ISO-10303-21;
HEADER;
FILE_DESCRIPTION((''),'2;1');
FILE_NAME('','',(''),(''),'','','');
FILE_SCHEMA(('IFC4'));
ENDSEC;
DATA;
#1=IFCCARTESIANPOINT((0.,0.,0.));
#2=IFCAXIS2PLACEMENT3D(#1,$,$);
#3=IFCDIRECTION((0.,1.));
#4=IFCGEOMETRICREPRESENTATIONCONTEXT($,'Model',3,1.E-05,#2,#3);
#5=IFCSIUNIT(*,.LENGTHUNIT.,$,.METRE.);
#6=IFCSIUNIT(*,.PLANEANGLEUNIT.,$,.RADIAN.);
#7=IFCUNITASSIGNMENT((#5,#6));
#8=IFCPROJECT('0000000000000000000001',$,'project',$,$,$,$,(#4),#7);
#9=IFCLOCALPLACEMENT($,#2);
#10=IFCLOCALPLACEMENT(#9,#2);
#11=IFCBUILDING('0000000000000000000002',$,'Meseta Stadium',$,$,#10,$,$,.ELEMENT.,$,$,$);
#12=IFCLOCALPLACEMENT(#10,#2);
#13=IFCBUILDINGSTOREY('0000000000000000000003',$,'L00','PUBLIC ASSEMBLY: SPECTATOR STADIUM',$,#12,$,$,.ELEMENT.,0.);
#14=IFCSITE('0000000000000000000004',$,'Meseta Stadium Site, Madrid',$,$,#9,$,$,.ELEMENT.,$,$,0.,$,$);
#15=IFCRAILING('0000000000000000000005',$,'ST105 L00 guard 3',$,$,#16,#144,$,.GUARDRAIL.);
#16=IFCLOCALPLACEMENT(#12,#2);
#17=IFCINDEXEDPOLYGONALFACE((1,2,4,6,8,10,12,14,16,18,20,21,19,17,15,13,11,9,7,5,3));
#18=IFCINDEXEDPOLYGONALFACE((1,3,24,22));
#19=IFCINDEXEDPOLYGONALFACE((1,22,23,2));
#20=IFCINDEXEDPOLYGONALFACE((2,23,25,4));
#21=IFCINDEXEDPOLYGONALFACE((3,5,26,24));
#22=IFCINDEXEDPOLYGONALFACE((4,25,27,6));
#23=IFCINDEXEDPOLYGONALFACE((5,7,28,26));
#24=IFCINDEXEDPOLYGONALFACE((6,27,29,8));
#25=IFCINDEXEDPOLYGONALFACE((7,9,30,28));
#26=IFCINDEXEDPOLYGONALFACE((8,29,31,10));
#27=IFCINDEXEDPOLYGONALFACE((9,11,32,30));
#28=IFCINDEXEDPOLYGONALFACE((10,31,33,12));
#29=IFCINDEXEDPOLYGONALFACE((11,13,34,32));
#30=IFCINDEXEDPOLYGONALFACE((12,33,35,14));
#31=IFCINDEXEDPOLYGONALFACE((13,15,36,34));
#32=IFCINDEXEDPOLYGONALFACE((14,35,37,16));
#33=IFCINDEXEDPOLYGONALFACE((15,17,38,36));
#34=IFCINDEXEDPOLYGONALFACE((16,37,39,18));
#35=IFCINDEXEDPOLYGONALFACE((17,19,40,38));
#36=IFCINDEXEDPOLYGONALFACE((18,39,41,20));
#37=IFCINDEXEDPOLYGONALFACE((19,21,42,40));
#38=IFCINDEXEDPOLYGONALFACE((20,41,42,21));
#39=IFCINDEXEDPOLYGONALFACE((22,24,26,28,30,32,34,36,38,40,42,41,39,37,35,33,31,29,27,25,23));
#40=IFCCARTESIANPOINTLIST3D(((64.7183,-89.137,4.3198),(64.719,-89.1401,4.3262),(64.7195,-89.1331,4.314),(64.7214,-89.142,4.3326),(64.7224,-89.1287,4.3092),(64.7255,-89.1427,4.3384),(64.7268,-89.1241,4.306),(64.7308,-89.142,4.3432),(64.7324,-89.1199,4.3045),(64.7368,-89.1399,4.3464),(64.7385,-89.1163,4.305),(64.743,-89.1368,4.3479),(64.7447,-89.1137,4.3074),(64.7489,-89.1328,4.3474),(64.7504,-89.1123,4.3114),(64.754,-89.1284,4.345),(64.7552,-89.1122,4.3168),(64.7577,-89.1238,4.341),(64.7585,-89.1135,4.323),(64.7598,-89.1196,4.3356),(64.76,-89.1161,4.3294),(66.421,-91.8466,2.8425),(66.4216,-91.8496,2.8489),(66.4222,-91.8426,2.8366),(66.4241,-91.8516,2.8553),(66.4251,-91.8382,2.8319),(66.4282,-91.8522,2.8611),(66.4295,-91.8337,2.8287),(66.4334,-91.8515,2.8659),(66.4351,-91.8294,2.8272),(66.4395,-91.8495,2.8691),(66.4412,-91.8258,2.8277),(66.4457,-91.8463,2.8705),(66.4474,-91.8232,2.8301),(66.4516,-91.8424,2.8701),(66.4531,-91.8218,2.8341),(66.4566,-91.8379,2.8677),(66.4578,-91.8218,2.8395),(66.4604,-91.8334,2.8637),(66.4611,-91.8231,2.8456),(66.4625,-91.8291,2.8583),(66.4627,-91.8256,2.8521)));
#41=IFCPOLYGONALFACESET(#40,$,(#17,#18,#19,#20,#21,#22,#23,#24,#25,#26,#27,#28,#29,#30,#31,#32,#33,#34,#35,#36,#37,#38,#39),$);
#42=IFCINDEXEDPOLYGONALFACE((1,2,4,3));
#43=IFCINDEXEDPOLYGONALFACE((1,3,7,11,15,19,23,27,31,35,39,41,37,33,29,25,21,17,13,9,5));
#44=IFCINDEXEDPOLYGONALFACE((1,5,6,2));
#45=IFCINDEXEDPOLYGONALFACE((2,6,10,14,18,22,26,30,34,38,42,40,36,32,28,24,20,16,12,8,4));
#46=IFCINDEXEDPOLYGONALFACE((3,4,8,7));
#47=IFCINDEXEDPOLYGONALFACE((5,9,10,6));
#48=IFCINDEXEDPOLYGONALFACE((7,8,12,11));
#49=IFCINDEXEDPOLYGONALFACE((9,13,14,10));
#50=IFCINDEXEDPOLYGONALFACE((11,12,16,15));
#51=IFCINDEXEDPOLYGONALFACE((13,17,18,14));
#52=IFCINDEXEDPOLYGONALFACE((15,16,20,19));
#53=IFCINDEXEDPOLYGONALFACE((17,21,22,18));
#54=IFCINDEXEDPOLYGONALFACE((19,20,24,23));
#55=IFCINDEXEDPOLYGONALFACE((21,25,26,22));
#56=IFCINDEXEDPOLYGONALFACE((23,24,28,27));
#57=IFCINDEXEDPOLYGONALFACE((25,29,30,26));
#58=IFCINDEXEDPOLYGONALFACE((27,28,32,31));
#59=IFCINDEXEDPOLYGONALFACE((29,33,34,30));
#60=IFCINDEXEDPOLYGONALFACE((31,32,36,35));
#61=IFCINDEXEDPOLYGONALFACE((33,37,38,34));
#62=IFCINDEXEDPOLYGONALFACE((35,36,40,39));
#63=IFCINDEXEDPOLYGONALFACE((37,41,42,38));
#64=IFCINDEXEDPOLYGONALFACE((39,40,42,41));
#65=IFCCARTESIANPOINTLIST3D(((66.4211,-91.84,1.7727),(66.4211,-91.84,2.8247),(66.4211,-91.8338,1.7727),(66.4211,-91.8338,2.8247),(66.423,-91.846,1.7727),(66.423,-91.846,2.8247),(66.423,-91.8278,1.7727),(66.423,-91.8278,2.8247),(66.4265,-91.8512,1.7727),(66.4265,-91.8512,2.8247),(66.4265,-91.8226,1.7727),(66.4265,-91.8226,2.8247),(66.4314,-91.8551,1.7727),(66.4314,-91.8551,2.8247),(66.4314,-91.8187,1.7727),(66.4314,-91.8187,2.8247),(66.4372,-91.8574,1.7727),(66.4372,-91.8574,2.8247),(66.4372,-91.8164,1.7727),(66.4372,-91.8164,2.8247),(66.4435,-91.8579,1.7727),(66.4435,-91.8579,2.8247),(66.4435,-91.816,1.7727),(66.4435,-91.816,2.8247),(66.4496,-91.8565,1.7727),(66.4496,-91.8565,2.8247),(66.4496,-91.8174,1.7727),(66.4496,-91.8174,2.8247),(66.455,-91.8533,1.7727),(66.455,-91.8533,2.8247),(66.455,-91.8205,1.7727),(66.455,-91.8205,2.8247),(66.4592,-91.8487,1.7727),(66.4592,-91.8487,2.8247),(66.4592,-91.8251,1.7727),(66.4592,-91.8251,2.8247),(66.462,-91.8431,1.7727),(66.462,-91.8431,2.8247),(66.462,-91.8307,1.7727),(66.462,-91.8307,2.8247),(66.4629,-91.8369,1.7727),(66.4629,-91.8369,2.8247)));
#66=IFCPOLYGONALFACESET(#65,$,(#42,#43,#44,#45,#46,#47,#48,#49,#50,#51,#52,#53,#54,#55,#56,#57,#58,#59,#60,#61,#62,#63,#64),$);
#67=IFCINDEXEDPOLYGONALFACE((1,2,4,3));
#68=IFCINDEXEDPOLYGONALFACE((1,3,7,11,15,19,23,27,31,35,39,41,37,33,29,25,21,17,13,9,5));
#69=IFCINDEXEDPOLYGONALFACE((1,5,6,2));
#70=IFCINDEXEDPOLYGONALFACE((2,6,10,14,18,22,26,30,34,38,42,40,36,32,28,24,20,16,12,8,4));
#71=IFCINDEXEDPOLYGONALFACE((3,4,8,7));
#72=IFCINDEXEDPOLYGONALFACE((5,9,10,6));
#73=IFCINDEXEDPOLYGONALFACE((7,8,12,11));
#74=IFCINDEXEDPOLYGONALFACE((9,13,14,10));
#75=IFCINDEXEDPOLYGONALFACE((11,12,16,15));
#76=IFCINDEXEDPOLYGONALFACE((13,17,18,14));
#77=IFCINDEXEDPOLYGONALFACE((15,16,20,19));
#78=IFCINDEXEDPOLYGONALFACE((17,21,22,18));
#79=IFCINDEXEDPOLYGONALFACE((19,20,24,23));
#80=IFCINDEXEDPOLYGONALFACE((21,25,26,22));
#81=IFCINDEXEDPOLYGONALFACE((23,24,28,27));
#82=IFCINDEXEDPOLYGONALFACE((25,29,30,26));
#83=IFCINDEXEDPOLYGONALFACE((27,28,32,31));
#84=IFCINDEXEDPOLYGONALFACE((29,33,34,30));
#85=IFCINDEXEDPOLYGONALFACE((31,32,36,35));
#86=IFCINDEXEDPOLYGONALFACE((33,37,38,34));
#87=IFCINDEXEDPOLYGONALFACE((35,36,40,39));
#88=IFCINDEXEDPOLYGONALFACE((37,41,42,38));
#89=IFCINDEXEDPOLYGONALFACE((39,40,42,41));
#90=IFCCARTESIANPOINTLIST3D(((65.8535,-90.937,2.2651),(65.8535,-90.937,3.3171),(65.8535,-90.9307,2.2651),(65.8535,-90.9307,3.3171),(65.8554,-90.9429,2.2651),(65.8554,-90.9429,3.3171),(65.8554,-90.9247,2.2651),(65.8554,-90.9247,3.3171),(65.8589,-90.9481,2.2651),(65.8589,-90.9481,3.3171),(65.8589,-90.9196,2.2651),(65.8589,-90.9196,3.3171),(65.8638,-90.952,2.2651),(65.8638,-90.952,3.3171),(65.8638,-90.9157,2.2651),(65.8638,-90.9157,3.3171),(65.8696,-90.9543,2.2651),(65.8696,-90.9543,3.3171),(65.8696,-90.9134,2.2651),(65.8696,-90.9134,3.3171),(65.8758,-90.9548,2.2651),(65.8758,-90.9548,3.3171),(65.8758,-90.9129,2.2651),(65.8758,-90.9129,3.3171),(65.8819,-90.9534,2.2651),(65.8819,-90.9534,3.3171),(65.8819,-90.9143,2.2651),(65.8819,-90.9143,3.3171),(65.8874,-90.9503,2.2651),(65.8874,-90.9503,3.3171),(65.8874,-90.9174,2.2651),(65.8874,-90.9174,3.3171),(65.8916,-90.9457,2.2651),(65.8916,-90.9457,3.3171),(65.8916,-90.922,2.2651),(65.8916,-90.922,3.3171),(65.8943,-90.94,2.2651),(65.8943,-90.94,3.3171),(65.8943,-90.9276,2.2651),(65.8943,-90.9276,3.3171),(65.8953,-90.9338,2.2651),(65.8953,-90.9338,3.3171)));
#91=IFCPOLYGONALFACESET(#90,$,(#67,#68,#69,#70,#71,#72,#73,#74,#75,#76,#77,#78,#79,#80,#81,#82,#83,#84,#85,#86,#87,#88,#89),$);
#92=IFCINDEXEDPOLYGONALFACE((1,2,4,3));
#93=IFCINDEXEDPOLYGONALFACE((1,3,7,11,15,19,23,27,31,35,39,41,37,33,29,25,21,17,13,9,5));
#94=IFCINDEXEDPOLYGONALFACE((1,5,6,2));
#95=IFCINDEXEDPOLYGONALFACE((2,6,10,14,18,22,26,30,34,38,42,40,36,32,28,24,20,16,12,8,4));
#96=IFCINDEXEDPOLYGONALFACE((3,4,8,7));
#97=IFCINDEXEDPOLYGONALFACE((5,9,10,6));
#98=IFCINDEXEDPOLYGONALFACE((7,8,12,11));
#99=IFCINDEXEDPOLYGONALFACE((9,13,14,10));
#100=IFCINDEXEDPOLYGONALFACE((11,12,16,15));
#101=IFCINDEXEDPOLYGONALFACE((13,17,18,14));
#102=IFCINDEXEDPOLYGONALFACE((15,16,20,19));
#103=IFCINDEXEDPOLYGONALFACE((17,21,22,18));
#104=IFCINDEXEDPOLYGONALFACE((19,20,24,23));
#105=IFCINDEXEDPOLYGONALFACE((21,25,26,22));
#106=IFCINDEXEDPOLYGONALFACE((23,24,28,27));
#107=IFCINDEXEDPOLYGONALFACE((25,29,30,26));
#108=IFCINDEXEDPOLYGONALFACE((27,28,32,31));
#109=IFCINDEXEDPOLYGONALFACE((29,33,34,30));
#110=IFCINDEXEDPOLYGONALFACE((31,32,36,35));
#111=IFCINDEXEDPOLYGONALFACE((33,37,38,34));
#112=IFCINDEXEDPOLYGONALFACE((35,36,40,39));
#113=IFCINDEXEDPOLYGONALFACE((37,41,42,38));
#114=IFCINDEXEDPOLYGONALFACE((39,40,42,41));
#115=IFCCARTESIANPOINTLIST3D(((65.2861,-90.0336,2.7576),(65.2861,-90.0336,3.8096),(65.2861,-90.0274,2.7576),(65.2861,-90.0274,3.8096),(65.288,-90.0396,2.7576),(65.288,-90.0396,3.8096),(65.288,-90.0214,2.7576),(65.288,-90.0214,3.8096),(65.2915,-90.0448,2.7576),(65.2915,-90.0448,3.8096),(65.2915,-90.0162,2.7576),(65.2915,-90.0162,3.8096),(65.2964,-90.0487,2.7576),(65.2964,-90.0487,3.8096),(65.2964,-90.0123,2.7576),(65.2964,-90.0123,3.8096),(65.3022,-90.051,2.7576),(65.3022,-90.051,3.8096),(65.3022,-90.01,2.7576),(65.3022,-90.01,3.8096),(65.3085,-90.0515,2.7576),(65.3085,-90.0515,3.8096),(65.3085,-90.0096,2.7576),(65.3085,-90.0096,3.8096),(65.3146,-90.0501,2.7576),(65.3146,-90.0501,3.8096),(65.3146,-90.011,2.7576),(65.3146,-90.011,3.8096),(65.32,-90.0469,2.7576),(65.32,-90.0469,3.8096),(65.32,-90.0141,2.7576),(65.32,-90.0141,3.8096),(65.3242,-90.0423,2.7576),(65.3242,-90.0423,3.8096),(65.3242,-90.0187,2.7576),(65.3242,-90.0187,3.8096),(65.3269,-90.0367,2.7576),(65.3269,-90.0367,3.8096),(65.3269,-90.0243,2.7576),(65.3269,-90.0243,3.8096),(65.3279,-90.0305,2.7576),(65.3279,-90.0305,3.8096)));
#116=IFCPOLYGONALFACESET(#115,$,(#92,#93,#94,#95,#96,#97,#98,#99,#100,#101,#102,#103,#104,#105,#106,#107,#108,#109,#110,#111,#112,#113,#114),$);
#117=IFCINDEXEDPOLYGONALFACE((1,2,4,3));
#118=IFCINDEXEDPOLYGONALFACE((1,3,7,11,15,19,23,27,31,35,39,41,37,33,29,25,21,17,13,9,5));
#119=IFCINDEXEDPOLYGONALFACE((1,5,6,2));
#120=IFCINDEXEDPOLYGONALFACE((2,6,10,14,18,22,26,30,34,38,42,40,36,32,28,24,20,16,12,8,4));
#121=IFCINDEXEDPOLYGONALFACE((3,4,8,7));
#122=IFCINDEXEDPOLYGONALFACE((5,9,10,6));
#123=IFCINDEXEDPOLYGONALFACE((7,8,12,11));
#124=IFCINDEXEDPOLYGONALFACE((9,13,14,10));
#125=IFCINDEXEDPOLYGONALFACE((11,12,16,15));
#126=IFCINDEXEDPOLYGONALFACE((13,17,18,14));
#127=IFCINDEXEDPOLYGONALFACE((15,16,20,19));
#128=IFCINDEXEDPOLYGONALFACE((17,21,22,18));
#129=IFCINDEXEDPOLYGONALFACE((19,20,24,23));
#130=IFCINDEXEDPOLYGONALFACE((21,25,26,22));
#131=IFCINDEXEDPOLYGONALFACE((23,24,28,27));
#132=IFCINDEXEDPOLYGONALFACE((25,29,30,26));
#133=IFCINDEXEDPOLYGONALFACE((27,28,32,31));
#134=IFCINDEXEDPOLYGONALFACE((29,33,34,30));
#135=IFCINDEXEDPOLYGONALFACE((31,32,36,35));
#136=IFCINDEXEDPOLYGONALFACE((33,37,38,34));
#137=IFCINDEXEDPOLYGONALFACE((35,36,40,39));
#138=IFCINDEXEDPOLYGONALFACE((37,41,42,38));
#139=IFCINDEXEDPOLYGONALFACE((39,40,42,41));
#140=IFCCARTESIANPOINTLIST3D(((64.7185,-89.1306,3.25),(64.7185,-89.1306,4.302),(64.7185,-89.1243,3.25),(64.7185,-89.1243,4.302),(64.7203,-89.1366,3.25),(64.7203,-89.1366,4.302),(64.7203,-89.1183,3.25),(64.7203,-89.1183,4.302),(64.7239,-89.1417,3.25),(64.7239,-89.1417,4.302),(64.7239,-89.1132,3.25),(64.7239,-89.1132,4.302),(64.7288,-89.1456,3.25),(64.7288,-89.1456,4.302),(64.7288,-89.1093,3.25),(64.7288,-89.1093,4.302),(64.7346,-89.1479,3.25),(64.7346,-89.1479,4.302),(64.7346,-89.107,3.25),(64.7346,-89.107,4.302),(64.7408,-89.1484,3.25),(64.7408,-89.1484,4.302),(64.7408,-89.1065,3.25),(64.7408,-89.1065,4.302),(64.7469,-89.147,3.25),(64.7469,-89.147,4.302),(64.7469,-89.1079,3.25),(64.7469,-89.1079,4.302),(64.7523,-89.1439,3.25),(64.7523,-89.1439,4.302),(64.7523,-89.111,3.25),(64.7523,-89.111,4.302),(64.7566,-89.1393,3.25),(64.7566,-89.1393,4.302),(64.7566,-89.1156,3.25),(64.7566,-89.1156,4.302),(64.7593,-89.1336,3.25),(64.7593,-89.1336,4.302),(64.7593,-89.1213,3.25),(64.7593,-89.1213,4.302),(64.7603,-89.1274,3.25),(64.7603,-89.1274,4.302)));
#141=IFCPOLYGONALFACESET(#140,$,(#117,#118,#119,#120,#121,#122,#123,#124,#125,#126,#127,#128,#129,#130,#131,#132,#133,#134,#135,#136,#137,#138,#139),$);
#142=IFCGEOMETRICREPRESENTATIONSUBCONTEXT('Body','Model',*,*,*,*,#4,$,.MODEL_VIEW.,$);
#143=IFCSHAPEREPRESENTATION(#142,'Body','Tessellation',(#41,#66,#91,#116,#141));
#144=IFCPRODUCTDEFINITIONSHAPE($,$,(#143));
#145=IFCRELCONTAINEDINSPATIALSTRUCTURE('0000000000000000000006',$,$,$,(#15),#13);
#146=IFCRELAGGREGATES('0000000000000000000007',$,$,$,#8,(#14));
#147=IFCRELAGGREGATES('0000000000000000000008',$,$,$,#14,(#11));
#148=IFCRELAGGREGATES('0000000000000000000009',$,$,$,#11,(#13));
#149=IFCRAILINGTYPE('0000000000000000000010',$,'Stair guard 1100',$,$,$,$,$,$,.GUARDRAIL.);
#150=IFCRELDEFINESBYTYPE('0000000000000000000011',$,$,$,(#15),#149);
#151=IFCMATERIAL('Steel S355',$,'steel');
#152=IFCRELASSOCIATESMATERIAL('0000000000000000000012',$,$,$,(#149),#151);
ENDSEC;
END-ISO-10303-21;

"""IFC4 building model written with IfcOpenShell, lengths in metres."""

from ifc_helpers import new_model, si_unit, direction, frame, origin, origin_2d, place, context, subcontext, project, spatial, circle, extrude, material, type_object, element, save


model = new_model("IFC4")

# Units and contexts
model_context = context("Model", 3, precision=1e-05, world=origin(), true_north=direction((0.0, 1.0)))
body_context = subcontext(model_context, "Body", "Model", "MODEL_VIEW")
ifc_project = project(units=[si_unit("LENGTHUNIT", "METRE"), si_unit("PLANEANGLEUNIT", "RADIAN")], contexts=[model_context])

# Site, building, storey
site_placement = place(None, origin())
site = spatial("IfcSite", under=ifc_project, at=site_placement, Name="Meseta Stadium Site, Madrid", CompositionType="ELEMENT", RefElevation=0.0)
building_placement = place(site_placement, origin())
building = spatial("IfcBuilding", under=site, at=building_placement, Name="Meseta Stadium", CompositionType="ELEMENT")
storey_placement = place(building_placement, origin())
storey = spatial("IfcBuildingStorey", under=building, at=storey_placement, Name="L00", Description="PUBLIC ASSEMBLY: SPECTATOR STADIUM", CompositionType="ELEMENT", Elevation=0.0)

# Railing
ifc_material_1 = material(Name="Steel S355", Category="steel")
railing_type_1 = type_object("IfcRailingType", Name="Stair guard 1100", PredefinedType="GUARDRAIL", material=ifc_material_1)
railing_1_placement = place(storey_placement, frame((66.4419, -91.8369, 1.7727)))
element("IfcRailing", 1, at=railing_1_placement, inside=storey, type_object=railing_type_1, Name="ST105 L00 guard 3", PredefinedType="GUARDRAIL", context=body_context, shape_type="SweptSolid", body=[
    extrude(circle(Radius=0.0239, at=origin_2d()), frame((0.0, 0.0, 1.0762), z_axis=(-0.483076, 0.768738, 0.419142), x_axis=(-0.846701, -0.532068, 0.0)), (0.0, 0.0, 1.0), 3.5247),
    extrude(circle(Radius=0.021, at=origin_2d()), origin(), (0.0, 0.0, 1.0), 1.052),
    extrude(circle(Radius=0.021, at=origin_2d()), frame((-0.5676, 0.9031, 0.4924)), (0.0, 0.0, 1.0), 1.052),
    extrude(circle(Radius=0.021, at=origin_2d()), frame((-1.135, 1.8064, 0.9849)), (0.0, 0.0, 1.0), 1.052),
    extrude(circle(Radius=0.021, at=origin_2d()), frame((-1.7026, 2.7095, 1.4773)), (0.0, 0.0, 1.0), 1.052),
])

save(model, "model.ifc")
